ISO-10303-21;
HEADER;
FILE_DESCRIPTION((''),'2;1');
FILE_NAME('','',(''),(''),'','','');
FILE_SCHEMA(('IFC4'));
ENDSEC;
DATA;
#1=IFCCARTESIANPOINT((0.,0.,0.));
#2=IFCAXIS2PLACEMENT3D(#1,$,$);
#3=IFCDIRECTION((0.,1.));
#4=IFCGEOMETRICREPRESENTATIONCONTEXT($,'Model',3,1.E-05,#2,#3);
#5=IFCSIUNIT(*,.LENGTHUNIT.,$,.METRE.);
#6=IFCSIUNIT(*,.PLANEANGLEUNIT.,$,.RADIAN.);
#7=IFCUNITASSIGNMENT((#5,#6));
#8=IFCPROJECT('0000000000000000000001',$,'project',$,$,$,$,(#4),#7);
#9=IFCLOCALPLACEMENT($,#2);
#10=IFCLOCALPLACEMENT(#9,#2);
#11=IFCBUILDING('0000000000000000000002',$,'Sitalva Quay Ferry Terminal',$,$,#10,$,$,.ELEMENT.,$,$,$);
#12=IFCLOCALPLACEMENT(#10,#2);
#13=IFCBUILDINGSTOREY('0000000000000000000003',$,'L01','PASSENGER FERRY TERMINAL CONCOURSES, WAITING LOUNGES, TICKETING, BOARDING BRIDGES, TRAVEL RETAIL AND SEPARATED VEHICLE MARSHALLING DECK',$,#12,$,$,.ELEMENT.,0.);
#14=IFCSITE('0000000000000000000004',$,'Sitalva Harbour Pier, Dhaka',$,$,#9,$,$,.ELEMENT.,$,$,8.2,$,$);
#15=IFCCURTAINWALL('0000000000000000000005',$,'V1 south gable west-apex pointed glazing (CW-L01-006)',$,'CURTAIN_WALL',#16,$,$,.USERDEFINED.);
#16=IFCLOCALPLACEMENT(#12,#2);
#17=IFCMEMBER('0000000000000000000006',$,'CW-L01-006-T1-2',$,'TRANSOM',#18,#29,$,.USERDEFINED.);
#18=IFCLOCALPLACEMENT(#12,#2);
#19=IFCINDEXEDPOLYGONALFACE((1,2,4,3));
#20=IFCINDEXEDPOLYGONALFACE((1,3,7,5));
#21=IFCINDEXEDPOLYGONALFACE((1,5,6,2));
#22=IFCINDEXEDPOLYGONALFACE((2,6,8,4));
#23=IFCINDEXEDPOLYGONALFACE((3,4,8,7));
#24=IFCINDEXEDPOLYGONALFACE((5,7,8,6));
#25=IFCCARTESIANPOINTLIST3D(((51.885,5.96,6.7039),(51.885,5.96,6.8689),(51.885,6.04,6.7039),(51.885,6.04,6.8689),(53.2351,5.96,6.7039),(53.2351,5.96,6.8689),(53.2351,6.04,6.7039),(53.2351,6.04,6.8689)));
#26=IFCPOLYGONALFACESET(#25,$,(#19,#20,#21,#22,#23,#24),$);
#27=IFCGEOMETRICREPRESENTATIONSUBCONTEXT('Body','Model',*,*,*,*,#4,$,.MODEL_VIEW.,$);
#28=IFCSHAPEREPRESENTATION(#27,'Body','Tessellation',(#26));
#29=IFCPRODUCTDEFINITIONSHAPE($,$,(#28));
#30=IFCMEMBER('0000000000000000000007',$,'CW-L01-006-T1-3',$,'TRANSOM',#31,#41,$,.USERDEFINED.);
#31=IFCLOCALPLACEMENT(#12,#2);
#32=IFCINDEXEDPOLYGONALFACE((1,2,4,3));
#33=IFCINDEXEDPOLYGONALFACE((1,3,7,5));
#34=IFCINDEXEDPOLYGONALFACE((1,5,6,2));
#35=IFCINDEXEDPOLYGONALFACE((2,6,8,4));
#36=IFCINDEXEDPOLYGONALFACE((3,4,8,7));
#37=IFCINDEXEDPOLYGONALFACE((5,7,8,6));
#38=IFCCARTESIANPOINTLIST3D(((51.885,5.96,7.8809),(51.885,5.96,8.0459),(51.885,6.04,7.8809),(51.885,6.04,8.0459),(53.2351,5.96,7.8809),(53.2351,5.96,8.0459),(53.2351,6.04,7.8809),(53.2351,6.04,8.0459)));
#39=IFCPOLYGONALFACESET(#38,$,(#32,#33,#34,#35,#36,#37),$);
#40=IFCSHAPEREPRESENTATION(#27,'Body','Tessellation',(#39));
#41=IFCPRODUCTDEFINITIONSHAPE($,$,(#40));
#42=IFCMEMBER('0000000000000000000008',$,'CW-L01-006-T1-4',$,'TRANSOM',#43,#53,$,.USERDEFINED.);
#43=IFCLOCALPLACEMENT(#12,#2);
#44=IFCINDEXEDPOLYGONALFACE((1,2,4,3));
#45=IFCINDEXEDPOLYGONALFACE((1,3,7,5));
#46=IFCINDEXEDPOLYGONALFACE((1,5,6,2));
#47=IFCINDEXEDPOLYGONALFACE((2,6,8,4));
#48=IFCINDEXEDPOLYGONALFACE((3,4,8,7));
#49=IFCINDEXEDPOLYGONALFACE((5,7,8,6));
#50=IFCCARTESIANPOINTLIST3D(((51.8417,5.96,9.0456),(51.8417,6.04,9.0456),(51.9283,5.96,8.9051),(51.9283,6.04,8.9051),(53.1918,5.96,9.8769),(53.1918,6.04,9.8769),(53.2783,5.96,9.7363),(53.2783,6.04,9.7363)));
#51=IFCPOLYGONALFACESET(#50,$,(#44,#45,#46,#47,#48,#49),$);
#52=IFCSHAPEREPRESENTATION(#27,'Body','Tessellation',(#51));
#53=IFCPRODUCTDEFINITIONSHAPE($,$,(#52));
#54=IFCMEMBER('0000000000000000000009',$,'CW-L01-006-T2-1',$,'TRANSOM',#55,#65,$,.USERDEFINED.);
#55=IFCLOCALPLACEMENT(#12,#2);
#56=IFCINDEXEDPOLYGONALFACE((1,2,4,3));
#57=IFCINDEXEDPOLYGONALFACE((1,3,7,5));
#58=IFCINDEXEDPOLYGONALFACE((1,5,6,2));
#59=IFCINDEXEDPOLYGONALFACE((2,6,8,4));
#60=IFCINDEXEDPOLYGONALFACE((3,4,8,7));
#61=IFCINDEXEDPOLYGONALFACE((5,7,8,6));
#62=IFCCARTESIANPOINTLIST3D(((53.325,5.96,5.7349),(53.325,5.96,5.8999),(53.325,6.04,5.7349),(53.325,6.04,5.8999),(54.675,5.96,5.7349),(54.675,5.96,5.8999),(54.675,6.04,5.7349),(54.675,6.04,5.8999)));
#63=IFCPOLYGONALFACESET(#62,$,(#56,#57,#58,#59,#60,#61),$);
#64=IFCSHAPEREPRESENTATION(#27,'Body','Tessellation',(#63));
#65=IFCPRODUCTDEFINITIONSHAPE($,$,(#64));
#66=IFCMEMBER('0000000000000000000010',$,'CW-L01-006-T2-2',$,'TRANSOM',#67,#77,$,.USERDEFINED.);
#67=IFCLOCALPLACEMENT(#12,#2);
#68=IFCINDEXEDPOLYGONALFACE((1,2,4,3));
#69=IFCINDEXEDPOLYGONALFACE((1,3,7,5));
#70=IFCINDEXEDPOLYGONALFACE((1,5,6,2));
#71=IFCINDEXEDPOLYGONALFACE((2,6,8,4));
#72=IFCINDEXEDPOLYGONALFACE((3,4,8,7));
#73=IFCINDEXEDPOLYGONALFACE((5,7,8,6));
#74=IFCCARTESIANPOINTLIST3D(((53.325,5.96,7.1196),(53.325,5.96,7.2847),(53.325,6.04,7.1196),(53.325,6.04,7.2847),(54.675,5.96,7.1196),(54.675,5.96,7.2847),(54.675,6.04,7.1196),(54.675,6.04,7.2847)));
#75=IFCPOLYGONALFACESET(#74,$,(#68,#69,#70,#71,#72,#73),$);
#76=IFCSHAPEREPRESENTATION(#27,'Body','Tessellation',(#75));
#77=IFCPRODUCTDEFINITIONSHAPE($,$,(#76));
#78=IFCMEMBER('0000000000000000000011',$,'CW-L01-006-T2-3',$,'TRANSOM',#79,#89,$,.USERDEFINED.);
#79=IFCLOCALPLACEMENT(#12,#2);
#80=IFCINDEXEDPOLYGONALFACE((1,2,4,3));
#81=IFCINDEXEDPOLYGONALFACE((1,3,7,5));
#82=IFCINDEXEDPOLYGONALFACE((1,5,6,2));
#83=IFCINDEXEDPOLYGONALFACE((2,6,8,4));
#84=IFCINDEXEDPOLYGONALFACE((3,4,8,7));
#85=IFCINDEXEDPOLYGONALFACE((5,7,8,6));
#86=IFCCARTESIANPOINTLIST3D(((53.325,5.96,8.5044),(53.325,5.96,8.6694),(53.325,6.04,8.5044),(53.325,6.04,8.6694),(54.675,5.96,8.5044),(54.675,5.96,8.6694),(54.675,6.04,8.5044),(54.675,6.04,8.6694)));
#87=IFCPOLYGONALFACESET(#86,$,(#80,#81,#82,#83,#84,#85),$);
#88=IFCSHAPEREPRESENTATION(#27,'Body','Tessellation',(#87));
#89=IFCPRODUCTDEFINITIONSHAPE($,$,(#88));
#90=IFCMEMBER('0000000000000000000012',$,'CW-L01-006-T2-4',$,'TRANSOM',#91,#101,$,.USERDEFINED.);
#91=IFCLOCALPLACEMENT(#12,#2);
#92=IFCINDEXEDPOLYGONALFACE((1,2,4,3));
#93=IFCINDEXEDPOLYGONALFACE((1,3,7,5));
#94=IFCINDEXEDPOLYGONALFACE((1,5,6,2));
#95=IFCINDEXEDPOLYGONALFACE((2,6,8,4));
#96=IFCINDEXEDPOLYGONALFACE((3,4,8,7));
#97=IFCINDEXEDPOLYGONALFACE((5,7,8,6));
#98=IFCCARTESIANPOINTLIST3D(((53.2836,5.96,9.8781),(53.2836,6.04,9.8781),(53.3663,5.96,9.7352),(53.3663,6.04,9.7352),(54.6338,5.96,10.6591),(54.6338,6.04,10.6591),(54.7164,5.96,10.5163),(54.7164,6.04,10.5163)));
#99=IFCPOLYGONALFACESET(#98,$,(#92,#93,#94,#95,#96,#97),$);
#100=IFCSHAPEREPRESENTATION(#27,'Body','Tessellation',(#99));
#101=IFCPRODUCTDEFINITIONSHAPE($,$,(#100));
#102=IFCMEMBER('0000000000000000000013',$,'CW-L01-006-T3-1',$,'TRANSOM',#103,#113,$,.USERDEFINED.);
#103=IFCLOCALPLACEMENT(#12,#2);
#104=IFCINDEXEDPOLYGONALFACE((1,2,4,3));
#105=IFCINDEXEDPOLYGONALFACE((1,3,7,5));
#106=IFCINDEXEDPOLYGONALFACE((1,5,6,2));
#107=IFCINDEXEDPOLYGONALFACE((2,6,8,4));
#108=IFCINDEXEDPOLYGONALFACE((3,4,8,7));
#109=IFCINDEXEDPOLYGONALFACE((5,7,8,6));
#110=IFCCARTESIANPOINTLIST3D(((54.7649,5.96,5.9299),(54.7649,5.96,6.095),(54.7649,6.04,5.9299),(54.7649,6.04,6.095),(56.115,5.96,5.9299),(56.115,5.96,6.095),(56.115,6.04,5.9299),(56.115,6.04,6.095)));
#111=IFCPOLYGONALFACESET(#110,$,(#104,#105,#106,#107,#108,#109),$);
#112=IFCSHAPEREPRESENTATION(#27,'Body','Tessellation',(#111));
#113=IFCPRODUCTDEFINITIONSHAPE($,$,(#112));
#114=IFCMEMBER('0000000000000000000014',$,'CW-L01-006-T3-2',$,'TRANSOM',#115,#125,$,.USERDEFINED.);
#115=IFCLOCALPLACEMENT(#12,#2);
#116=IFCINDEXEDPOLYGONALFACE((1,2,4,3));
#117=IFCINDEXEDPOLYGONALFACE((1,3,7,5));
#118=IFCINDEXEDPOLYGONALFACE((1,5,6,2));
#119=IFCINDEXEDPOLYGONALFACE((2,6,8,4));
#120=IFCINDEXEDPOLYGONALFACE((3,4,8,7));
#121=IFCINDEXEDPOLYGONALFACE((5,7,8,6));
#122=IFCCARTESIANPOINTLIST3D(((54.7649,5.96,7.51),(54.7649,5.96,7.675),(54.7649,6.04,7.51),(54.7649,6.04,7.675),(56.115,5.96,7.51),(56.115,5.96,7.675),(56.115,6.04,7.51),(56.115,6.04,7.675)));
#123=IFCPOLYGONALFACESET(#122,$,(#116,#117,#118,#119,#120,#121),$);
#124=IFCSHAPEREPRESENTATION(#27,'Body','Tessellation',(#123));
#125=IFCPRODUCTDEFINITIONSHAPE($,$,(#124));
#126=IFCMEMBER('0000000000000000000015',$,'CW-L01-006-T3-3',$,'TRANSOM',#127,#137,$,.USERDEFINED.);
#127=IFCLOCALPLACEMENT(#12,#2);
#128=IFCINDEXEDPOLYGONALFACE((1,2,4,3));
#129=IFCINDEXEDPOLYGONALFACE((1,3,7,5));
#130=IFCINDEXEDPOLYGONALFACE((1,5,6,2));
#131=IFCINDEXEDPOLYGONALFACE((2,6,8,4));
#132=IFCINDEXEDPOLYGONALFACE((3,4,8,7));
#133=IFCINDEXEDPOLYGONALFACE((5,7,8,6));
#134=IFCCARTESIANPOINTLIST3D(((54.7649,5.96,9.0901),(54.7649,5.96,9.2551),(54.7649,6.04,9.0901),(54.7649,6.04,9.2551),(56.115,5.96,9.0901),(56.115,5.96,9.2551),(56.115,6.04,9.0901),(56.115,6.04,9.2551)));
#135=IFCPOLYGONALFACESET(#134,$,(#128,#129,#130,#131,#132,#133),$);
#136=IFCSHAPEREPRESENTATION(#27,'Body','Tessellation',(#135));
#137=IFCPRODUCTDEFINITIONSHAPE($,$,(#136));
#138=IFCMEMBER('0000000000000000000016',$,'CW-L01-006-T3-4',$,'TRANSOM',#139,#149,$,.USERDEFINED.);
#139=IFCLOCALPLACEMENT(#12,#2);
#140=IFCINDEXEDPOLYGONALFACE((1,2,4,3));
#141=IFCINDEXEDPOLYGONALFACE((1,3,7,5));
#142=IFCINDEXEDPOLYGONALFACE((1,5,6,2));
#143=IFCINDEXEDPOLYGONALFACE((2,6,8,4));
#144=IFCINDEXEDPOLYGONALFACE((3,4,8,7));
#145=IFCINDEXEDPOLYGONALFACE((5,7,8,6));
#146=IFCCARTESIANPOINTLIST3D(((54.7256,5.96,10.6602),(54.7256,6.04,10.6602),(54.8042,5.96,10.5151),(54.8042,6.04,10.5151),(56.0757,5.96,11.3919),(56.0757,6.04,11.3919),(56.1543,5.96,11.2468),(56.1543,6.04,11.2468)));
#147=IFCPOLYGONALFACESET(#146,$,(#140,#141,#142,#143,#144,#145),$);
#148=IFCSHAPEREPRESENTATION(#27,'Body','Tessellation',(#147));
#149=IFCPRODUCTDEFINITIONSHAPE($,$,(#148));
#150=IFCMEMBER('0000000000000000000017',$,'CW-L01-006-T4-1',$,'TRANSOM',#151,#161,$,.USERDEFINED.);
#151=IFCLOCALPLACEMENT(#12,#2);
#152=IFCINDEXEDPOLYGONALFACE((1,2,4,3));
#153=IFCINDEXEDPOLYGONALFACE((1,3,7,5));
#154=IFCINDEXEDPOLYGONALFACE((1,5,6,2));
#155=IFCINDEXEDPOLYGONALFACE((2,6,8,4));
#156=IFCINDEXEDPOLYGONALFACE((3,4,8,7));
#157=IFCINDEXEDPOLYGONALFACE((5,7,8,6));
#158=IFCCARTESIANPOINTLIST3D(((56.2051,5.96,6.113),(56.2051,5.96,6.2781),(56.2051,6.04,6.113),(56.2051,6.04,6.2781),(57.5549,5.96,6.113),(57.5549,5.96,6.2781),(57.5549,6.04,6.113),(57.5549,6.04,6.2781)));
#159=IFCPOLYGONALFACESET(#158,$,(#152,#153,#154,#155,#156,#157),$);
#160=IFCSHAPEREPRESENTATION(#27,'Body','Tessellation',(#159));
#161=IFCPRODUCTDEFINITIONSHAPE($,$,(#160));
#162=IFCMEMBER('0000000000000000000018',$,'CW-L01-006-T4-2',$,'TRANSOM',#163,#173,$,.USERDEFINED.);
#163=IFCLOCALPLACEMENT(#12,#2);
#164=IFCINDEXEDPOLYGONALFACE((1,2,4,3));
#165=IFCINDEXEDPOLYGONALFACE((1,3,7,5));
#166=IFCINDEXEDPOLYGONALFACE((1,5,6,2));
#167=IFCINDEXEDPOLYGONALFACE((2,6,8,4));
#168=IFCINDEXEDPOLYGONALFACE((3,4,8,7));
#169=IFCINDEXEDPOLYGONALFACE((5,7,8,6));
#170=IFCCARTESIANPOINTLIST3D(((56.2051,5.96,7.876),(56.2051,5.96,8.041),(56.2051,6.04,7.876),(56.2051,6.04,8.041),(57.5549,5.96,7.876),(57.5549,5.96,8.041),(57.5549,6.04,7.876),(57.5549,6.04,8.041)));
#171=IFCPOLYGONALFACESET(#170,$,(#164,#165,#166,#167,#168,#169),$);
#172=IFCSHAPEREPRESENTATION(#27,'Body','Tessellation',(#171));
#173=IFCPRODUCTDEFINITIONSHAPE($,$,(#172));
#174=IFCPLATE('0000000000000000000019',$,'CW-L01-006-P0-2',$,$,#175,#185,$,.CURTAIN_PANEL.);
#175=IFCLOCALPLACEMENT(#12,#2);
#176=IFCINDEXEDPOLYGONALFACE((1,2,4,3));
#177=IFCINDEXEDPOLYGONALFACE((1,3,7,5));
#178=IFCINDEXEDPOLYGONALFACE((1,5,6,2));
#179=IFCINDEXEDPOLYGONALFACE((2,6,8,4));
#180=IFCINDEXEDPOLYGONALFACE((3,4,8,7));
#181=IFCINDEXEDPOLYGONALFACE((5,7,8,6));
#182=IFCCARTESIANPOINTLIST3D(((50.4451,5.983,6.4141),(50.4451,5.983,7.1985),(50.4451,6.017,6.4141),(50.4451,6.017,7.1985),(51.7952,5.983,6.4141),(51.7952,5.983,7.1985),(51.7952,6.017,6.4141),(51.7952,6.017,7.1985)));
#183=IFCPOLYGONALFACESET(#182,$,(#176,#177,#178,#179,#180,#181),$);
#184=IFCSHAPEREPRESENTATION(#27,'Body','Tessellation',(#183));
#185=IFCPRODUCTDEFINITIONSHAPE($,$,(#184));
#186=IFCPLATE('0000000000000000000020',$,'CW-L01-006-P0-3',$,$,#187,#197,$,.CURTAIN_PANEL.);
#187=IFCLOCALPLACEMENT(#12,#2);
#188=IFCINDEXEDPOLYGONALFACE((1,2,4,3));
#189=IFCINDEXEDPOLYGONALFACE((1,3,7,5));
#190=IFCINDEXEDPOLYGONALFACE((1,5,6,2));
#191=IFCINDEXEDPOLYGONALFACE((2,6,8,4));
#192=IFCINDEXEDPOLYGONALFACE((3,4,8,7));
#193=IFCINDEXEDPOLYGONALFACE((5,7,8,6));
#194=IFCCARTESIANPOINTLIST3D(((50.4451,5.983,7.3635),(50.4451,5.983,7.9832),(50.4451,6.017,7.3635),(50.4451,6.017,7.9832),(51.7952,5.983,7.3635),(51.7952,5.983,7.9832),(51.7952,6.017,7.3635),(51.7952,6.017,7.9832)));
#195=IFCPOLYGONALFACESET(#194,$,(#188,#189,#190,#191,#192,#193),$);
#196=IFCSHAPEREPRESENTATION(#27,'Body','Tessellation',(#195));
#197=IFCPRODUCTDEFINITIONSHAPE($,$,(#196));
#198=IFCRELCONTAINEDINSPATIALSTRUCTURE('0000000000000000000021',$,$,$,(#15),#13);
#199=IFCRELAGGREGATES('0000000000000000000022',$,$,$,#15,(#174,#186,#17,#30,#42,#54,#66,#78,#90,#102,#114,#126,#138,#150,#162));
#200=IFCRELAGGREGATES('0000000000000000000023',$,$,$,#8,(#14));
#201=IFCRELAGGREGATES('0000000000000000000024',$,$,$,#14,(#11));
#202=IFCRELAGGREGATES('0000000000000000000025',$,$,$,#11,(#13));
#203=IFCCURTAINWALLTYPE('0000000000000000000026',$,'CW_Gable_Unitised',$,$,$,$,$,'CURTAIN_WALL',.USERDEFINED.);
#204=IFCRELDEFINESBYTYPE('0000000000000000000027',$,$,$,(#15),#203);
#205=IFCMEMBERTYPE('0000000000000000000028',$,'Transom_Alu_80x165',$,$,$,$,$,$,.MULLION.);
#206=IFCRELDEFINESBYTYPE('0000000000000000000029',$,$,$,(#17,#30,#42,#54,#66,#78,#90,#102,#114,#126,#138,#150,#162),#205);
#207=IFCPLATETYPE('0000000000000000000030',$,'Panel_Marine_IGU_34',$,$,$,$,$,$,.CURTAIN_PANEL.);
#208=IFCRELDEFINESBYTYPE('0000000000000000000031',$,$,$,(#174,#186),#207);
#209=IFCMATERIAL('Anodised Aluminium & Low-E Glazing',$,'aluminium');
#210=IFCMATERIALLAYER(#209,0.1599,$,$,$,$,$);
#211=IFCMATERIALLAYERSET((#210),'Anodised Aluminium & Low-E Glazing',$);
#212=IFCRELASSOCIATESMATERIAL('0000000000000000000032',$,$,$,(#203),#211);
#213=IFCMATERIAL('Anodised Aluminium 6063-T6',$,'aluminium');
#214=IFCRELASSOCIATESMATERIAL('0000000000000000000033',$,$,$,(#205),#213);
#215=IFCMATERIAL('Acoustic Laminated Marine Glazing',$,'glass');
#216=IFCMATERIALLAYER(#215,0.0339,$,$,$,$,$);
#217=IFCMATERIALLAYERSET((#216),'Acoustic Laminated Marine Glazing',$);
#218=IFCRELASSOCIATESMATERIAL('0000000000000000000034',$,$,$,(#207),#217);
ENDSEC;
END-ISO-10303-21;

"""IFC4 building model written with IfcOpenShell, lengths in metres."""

from ifc_helpers import new_model, si_unit, direction, frame, origin, origin_2d, place, context, subcontext, project, spatial, rectangle, extrude, material, layer, layer_set, material_profile, profile_set, type_object, element, aggregate, save


model = new_model("IFC4")

# Units and contexts
model_context = context("Model", 3, precision=1e-05, world=origin(), true_north=direction((0.0, 1.0)))
body_context = subcontext(model_context, "Body", "Model", "MODEL_VIEW")
ifc_project = project(units=[si_unit("LENGTHUNIT", "METRE"), si_unit("PLANEANGLEUNIT", "RADIAN")], contexts=[model_context])

# Site, building, storey
site_placement = place(None, origin())
site = spatial("IfcSite", under=ifc_project, at=site_placement, Name="Sitalva Harbour Pier, Dhaka", CompositionType="ELEMENT", RefElevation=8.2)
building_placement = place(site_placement, origin())
building = spatial("IfcBuilding", under=site, at=building_placement, Name="Sitalva Quay Ferry Terminal", CompositionType="ELEMENT")
storey_placement = place(building_placement, origin())
storey = spatial("IfcBuildingStorey", under=building, at=storey_placement, Name="L01", Description="PASSENGER FERRY TERMINAL CONCOURSES, WAITING LOUNGES, TICKETING, BOARDING BRIDGES, TRAVEL RETAIL AND SEPARATED VEHICLE MARSHALLING DECK", CompositionType="ELEMENT", Elevation=0.0)

# Curtain wall, members, plates
ifc_material_1 = material(Name="Anodised Aluminium & Low-E Glazing", Category="aluminium")
ifc_layer_1 = layer(ifc_material_1, 0.1599)
ifc_layer_set_1 = layer_set([ifc_layer_1], Name="Anodised Aluminium & Low-E Glazing")
curtain_wall_type = type_object("IfcCurtainWallType", Name="CW_Gable_Unitised", ElementType="CURTAIN_WALL", PredefinedType="USERDEFINED", material=ifc_layer_set_1)
curtain_wall_placement = place(storey_placement, origin())
curtain_wall = element("IfcCurtainWall", 1, at=curtain_wall_placement, inside=storey, type_object=curtain_wall_type, Name="V1 south gable west-apex pointed glazing (CW-L01-006)", ObjectType="CURTAIN_WALL", PredefinedType="USERDEFINED")
ifc_material_2 = material(Name="Anodised Aluminium 6063-T6", Category="aluminium")
ifc_material_profile = material_profile(ifc_material_2, rectangle(XDim=0.0801, YDim=0.165, at=origin_2d()), Name="ALU80x165")
ifc_profile_set = profile_set([ifc_material_profile], Name="Anodised Aluminium 6063-T6")
member_type = type_object("IfcMemberType", Name="Transom_Alu_80x165", PredefinedType="MULLION", material=ifc_profile_set)
member_1_placement = place(storey_placement, frame((51.885, 6.0, 6.7864), z_axis=(1.0, 0.0, 0.0), x_axis=(0.0, 1.0, 0.0)))
member_1 = element("IfcMember", 2, at=member_1_placement, type_object=member_type, Name="CW-L01-006-T1-2", ObjectType="TRANSOM", PredefinedType="USERDEFINED", context=body_context, shape_type="SweptSolid", body=[
    extrude(rectangle(XDim=0.0801, YDim=0.165, at=origin_2d()), origin(), (0.0, 0.0, 1.0), 1.3501),
])
member_2_placement = place(storey_placement, frame((51.885, 6.0, 7.9634), z_axis=(1.0, 0.0, 0.0), x_axis=(0.0, 1.0, 0.0)))
member_2 = element("IfcMember", 3, at=member_2_placement, type_object=member_type, Name="CW-L01-006-T1-3", ObjectType="TRANSOM", PredefinedType="USERDEFINED", context=body_context, shape_type="SweptSolid", body=[
    extrude(rectangle(XDim=0.0801, YDim=0.165, at=origin_2d()), origin(), (0.0, 0.0, 1.0), 1.3501),
])
member_3_placement = place(storey_placement, frame((51.885, 6.0, 8.9753), z_axis=(0.851526, 0.0, 0.524312), x_axis=(0.0, 1.0, 0.0)))
member_3 = element("IfcMember", 4, at=member_3_placement, type_object=member_type, Name="CW-L01-006-T1-4", ObjectType="TRANSOM", PredefinedType="USERDEFINED", context=body_context, shape_type="SweptSolid", body=[
    extrude(rectangle(XDim=0.0801, YDim=0.165, at=origin_2d()), origin(), (0.0, 0.0, 1.0), 1.5854),
])
member_4_placement = place(storey_placement, frame((53.325, 6.0, 5.8174), z_axis=(1.0, 0.0, 0.0), x_axis=(0.0, 1.0, 0.0)))
member_4 = element("IfcMember", 5, at=member_4_placement, type_object=member_type, Name="CW-L01-006-T2-1", ObjectType="TRANSOM", PredefinedType="USERDEFINED", context=body_context, shape_type="SweptSolid", body=[
    extrude(rectangle(XDim=0.0801, YDim=0.165, at=origin_2d()), origin(), (0.0, 0.0, 1.0), 1.3501),
])
member_5_placement = place(storey_placement, frame((53.325, 6.0, 7.2021), z_axis=(1.0, 0.0, 0.0), x_axis=(0.0, 1.0, 0.0)))
member_5 = element("IfcMember", 6, at=member_5_placement, type_object=member_type, Name="CW-L01-006-T2-2", ObjectType="TRANSOM", PredefinedType="USERDEFINED", context=body_context, shape_type="SweptSolid", body=[
    extrude(rectangle(XDim=0.0801, YDim=0.165, at=origin_2d()), origin(), (0.0, 0.0, 1.0), 1.3501),
])
member_6_placement = place(storey_placement, frame((53.325, 6.0, 8.5869), z_axis=(1.0, 0.0, 0.0), x_axis=(0.0, 1.0, 0.0)))
member_6 = element("IfcMember", 7, at=member_6_placement, type_object=member_type, Name="CW-L01-006-T2-3", ObjectType="TRANSOM", PredefinedType="USERDEFINED", context=body_context, shape_type="SweptSolid", body=[
    extrude(rectangle(XDim=0.0801, YDim=0.165, at=origin_2d()), origin(), (0.0, 0.0, 1.0), 1.3501),
])
member_7_placement = place(storey_placement, frame((53.325, 6.0, 9.8066), z_axis=(0.865601, 0.0, 0.500734), x_axis=(0.0, 1.0, 0.0)))
member_7 = element("IfcMember", 8, at=member_7_placement, type_object=member_type, Name="CW-L01-006-T2-4", ObjectType="TRANSOM", PredefinedType="USERDEFINED", context=body_context, shape_type="SweptSolid", body=[
    extrude(rectangle(XDim=0.0801, YDim=0.165, at=origin_2d()), origin(), (0.0, 0.0, 1.0), 1.5598),
])
member_8_placement = place(storey_placement, frame((54.7649, 6.0, 6.0125), z_axis=(1.0, 0.0, 0.0), x_axis=(0.0, 1.0, 0.0)))
member_8 = element("IfcMember", 9, at=member_8_placement, type_object=member_type, Name="CW-L01-006-T3-1", ObjectType="TRANSOM", PredefinedType="USERDEFINED", context=body_context, shape_type="SweptSolid", body=[
    extrude(rectangle(XDim=0.0801, YDim=0.165, at=origin_2d()), origin(), (0.0, 0.0, 1.0), 1.3501),
])
member_9_placement = place(storey_placement, frame((54.7649, 6.0, 7.5925), z_axis=(1.0, 0.0, 0.0), x_axis=(0.0, 1.0, 0.0)))
member_9 = element("IfcMember", 10, at=member_9_placement, type_object=member_type, Name="CW-L01-006-T3-2", ObjectType="TRANSOM", PredefinedType="USERDEFINED", context=body_context, shape_type="SweptSolid", body=[
    extrude(rectangle(XDim=0.0801, YDim=0.165, at=origin_2d()), origin(), (0.0, 0.0, 1.0), 1.3501),
])
member_10_placement = place(storey_placement, frame((54.7649, 6.0, 9.1726), z_axis=(1.0, 0.0, 0.0), x_axis=(0.0, 1.0, 0.0)))
member_10 = element("IfcMember", 11, at=member_10_placement, type_object=member_type, Name="CW-L01-006-T3-3", ObjectType="TRANSOM", PredefinedType="USERDEFINED", context=body_context, shape_type="SweptSolid", body=[
    extrude(rectangle(XDim=0.0801, YDim=0.165, at=origin_2d()), origin(), (0.0, 0.0, 1.0), 1.3501),
])
member_11_placement = place(storey_placement, frame((54.7649, 6.0, 10.5876), z_axis=(0.879187, 0.0, 0.476478), x_axis=(0.0, 1.0, 0.0)))
member_11 = element("IfcMember", 12, at=member_11_placement, type_object=member_type, Name="CW-L01-006-T3-4", ObjectType="TRANSOM", PredefinedType="USERDEFINED", context=body_context, shape_type="SweptSolid", body=[
    extrude(rectangle(XDim=0.0801, YDim=0.165, at=origin_2d()), origin(), (0.0, 0.0, 1.0), 1.5356),
])
member_12_placement = place(storey_placement, frame((56.2051, 6.0, 6.1956), z_axis=(1.0, 0.0, 0.0), x_axis=(0.0, 1.0, 0.0)))
member_12 = element("IfcMember", 13, at=member_12_placement, type_object=member_type, Name="CW-L01-006-T4-1", ObjectType="TRANSOM", PredefinedType="USERDEFINED", context=body_context, shape_type="SweptSolid", body=[
    extrude(rectangle(XDim=0.0801, YDim=0.165, at=origin_2d()), origin(), (0.0, 0.0, 1.0), 1.3499),
])
member_13_placement = place(storey_placement, frame((56.2051, 6.0, 7.9585), z_axis=(1.0, 0.0, 0.0), x_axis=(0.0, 1.0, 0.0)))
member_13 = element("IfcMember", 14, at=member_13_placement, type_object=member_type, Name="CW-L01-006-T4-2", ObjectType="TRANSOM", PredefinedType="USERDEFINED", context=body_context, shape_type="SweptSolid", body=[
    extrude(rectangle(XDim=0.0801, YDim=0.165, at=origin_2d()), origin(), (0.0, 0.0, 1.0), 1.3499),
])
ifc_material_3 = material(Name="Acoustic Laminated Marine Glazing", Category="glass")
ifc_layer_2 = layer(ifc_material_3, 0.0339)
ifc_layer_set_2 = layer_set([ifc_layer_2], Name="Acoustic Laminated Marine Glazing")
plate_type = type_object("IfcPlateType", Name="Panel_Marine_IGU_34", PredefinedType="CURTAIN_PANEL", material=ifc_layer_set_2)
plate_1_placement = place(storey_placement, frame((51.1201, 6.0, 6.4141), z_axis=(0.0, 0.0, 1.0), x_axis=(1.0, 0.0, 0.0)))
plate_1 = element("IfcPlate", 15, at=plate_1_placement, type_object=plate_type, Name="CW-L01-006-P0-2", PredefinedType="CURTAIN_PANEL", context=body_context, shape_type="SweptSolid", body=[
    extrude(rectangle(XDim=1.3501, YDim=0.0339, at=origin_2d()), origin(), (0.0, 0.0, 1.0), 0.7844),
])
plate_2_placement = place(storey_placement, frame((51.1201, 6.0, 7.3635), z_axis=(0.0, 0.0, 1.0), x_axis=(1.0, 0.0, 0.0)))
plate_2 = element("IfcPlate", 16, at=plate_2_placement, type_object=plate_type, Name="CW-L01-006-P0-3", PredefinedType="CURTAIN_PANEL", context=body_context, shape_type="SweptSolid", body=[
    extrude(rectangle(XDim=1.3501, YDim=0.0339, at=origin_2d()), origin(), (0.0, 0.0, 1.0), 0.6196),
])
aggregate(curtain_wall, [plate_1, plate_2, member_1, member_2, member_3, member_4, member_5, member_6, member_7, member_8, member_9, member_10, member_11, member_12, member_13])

save(model, "model.ifc")
